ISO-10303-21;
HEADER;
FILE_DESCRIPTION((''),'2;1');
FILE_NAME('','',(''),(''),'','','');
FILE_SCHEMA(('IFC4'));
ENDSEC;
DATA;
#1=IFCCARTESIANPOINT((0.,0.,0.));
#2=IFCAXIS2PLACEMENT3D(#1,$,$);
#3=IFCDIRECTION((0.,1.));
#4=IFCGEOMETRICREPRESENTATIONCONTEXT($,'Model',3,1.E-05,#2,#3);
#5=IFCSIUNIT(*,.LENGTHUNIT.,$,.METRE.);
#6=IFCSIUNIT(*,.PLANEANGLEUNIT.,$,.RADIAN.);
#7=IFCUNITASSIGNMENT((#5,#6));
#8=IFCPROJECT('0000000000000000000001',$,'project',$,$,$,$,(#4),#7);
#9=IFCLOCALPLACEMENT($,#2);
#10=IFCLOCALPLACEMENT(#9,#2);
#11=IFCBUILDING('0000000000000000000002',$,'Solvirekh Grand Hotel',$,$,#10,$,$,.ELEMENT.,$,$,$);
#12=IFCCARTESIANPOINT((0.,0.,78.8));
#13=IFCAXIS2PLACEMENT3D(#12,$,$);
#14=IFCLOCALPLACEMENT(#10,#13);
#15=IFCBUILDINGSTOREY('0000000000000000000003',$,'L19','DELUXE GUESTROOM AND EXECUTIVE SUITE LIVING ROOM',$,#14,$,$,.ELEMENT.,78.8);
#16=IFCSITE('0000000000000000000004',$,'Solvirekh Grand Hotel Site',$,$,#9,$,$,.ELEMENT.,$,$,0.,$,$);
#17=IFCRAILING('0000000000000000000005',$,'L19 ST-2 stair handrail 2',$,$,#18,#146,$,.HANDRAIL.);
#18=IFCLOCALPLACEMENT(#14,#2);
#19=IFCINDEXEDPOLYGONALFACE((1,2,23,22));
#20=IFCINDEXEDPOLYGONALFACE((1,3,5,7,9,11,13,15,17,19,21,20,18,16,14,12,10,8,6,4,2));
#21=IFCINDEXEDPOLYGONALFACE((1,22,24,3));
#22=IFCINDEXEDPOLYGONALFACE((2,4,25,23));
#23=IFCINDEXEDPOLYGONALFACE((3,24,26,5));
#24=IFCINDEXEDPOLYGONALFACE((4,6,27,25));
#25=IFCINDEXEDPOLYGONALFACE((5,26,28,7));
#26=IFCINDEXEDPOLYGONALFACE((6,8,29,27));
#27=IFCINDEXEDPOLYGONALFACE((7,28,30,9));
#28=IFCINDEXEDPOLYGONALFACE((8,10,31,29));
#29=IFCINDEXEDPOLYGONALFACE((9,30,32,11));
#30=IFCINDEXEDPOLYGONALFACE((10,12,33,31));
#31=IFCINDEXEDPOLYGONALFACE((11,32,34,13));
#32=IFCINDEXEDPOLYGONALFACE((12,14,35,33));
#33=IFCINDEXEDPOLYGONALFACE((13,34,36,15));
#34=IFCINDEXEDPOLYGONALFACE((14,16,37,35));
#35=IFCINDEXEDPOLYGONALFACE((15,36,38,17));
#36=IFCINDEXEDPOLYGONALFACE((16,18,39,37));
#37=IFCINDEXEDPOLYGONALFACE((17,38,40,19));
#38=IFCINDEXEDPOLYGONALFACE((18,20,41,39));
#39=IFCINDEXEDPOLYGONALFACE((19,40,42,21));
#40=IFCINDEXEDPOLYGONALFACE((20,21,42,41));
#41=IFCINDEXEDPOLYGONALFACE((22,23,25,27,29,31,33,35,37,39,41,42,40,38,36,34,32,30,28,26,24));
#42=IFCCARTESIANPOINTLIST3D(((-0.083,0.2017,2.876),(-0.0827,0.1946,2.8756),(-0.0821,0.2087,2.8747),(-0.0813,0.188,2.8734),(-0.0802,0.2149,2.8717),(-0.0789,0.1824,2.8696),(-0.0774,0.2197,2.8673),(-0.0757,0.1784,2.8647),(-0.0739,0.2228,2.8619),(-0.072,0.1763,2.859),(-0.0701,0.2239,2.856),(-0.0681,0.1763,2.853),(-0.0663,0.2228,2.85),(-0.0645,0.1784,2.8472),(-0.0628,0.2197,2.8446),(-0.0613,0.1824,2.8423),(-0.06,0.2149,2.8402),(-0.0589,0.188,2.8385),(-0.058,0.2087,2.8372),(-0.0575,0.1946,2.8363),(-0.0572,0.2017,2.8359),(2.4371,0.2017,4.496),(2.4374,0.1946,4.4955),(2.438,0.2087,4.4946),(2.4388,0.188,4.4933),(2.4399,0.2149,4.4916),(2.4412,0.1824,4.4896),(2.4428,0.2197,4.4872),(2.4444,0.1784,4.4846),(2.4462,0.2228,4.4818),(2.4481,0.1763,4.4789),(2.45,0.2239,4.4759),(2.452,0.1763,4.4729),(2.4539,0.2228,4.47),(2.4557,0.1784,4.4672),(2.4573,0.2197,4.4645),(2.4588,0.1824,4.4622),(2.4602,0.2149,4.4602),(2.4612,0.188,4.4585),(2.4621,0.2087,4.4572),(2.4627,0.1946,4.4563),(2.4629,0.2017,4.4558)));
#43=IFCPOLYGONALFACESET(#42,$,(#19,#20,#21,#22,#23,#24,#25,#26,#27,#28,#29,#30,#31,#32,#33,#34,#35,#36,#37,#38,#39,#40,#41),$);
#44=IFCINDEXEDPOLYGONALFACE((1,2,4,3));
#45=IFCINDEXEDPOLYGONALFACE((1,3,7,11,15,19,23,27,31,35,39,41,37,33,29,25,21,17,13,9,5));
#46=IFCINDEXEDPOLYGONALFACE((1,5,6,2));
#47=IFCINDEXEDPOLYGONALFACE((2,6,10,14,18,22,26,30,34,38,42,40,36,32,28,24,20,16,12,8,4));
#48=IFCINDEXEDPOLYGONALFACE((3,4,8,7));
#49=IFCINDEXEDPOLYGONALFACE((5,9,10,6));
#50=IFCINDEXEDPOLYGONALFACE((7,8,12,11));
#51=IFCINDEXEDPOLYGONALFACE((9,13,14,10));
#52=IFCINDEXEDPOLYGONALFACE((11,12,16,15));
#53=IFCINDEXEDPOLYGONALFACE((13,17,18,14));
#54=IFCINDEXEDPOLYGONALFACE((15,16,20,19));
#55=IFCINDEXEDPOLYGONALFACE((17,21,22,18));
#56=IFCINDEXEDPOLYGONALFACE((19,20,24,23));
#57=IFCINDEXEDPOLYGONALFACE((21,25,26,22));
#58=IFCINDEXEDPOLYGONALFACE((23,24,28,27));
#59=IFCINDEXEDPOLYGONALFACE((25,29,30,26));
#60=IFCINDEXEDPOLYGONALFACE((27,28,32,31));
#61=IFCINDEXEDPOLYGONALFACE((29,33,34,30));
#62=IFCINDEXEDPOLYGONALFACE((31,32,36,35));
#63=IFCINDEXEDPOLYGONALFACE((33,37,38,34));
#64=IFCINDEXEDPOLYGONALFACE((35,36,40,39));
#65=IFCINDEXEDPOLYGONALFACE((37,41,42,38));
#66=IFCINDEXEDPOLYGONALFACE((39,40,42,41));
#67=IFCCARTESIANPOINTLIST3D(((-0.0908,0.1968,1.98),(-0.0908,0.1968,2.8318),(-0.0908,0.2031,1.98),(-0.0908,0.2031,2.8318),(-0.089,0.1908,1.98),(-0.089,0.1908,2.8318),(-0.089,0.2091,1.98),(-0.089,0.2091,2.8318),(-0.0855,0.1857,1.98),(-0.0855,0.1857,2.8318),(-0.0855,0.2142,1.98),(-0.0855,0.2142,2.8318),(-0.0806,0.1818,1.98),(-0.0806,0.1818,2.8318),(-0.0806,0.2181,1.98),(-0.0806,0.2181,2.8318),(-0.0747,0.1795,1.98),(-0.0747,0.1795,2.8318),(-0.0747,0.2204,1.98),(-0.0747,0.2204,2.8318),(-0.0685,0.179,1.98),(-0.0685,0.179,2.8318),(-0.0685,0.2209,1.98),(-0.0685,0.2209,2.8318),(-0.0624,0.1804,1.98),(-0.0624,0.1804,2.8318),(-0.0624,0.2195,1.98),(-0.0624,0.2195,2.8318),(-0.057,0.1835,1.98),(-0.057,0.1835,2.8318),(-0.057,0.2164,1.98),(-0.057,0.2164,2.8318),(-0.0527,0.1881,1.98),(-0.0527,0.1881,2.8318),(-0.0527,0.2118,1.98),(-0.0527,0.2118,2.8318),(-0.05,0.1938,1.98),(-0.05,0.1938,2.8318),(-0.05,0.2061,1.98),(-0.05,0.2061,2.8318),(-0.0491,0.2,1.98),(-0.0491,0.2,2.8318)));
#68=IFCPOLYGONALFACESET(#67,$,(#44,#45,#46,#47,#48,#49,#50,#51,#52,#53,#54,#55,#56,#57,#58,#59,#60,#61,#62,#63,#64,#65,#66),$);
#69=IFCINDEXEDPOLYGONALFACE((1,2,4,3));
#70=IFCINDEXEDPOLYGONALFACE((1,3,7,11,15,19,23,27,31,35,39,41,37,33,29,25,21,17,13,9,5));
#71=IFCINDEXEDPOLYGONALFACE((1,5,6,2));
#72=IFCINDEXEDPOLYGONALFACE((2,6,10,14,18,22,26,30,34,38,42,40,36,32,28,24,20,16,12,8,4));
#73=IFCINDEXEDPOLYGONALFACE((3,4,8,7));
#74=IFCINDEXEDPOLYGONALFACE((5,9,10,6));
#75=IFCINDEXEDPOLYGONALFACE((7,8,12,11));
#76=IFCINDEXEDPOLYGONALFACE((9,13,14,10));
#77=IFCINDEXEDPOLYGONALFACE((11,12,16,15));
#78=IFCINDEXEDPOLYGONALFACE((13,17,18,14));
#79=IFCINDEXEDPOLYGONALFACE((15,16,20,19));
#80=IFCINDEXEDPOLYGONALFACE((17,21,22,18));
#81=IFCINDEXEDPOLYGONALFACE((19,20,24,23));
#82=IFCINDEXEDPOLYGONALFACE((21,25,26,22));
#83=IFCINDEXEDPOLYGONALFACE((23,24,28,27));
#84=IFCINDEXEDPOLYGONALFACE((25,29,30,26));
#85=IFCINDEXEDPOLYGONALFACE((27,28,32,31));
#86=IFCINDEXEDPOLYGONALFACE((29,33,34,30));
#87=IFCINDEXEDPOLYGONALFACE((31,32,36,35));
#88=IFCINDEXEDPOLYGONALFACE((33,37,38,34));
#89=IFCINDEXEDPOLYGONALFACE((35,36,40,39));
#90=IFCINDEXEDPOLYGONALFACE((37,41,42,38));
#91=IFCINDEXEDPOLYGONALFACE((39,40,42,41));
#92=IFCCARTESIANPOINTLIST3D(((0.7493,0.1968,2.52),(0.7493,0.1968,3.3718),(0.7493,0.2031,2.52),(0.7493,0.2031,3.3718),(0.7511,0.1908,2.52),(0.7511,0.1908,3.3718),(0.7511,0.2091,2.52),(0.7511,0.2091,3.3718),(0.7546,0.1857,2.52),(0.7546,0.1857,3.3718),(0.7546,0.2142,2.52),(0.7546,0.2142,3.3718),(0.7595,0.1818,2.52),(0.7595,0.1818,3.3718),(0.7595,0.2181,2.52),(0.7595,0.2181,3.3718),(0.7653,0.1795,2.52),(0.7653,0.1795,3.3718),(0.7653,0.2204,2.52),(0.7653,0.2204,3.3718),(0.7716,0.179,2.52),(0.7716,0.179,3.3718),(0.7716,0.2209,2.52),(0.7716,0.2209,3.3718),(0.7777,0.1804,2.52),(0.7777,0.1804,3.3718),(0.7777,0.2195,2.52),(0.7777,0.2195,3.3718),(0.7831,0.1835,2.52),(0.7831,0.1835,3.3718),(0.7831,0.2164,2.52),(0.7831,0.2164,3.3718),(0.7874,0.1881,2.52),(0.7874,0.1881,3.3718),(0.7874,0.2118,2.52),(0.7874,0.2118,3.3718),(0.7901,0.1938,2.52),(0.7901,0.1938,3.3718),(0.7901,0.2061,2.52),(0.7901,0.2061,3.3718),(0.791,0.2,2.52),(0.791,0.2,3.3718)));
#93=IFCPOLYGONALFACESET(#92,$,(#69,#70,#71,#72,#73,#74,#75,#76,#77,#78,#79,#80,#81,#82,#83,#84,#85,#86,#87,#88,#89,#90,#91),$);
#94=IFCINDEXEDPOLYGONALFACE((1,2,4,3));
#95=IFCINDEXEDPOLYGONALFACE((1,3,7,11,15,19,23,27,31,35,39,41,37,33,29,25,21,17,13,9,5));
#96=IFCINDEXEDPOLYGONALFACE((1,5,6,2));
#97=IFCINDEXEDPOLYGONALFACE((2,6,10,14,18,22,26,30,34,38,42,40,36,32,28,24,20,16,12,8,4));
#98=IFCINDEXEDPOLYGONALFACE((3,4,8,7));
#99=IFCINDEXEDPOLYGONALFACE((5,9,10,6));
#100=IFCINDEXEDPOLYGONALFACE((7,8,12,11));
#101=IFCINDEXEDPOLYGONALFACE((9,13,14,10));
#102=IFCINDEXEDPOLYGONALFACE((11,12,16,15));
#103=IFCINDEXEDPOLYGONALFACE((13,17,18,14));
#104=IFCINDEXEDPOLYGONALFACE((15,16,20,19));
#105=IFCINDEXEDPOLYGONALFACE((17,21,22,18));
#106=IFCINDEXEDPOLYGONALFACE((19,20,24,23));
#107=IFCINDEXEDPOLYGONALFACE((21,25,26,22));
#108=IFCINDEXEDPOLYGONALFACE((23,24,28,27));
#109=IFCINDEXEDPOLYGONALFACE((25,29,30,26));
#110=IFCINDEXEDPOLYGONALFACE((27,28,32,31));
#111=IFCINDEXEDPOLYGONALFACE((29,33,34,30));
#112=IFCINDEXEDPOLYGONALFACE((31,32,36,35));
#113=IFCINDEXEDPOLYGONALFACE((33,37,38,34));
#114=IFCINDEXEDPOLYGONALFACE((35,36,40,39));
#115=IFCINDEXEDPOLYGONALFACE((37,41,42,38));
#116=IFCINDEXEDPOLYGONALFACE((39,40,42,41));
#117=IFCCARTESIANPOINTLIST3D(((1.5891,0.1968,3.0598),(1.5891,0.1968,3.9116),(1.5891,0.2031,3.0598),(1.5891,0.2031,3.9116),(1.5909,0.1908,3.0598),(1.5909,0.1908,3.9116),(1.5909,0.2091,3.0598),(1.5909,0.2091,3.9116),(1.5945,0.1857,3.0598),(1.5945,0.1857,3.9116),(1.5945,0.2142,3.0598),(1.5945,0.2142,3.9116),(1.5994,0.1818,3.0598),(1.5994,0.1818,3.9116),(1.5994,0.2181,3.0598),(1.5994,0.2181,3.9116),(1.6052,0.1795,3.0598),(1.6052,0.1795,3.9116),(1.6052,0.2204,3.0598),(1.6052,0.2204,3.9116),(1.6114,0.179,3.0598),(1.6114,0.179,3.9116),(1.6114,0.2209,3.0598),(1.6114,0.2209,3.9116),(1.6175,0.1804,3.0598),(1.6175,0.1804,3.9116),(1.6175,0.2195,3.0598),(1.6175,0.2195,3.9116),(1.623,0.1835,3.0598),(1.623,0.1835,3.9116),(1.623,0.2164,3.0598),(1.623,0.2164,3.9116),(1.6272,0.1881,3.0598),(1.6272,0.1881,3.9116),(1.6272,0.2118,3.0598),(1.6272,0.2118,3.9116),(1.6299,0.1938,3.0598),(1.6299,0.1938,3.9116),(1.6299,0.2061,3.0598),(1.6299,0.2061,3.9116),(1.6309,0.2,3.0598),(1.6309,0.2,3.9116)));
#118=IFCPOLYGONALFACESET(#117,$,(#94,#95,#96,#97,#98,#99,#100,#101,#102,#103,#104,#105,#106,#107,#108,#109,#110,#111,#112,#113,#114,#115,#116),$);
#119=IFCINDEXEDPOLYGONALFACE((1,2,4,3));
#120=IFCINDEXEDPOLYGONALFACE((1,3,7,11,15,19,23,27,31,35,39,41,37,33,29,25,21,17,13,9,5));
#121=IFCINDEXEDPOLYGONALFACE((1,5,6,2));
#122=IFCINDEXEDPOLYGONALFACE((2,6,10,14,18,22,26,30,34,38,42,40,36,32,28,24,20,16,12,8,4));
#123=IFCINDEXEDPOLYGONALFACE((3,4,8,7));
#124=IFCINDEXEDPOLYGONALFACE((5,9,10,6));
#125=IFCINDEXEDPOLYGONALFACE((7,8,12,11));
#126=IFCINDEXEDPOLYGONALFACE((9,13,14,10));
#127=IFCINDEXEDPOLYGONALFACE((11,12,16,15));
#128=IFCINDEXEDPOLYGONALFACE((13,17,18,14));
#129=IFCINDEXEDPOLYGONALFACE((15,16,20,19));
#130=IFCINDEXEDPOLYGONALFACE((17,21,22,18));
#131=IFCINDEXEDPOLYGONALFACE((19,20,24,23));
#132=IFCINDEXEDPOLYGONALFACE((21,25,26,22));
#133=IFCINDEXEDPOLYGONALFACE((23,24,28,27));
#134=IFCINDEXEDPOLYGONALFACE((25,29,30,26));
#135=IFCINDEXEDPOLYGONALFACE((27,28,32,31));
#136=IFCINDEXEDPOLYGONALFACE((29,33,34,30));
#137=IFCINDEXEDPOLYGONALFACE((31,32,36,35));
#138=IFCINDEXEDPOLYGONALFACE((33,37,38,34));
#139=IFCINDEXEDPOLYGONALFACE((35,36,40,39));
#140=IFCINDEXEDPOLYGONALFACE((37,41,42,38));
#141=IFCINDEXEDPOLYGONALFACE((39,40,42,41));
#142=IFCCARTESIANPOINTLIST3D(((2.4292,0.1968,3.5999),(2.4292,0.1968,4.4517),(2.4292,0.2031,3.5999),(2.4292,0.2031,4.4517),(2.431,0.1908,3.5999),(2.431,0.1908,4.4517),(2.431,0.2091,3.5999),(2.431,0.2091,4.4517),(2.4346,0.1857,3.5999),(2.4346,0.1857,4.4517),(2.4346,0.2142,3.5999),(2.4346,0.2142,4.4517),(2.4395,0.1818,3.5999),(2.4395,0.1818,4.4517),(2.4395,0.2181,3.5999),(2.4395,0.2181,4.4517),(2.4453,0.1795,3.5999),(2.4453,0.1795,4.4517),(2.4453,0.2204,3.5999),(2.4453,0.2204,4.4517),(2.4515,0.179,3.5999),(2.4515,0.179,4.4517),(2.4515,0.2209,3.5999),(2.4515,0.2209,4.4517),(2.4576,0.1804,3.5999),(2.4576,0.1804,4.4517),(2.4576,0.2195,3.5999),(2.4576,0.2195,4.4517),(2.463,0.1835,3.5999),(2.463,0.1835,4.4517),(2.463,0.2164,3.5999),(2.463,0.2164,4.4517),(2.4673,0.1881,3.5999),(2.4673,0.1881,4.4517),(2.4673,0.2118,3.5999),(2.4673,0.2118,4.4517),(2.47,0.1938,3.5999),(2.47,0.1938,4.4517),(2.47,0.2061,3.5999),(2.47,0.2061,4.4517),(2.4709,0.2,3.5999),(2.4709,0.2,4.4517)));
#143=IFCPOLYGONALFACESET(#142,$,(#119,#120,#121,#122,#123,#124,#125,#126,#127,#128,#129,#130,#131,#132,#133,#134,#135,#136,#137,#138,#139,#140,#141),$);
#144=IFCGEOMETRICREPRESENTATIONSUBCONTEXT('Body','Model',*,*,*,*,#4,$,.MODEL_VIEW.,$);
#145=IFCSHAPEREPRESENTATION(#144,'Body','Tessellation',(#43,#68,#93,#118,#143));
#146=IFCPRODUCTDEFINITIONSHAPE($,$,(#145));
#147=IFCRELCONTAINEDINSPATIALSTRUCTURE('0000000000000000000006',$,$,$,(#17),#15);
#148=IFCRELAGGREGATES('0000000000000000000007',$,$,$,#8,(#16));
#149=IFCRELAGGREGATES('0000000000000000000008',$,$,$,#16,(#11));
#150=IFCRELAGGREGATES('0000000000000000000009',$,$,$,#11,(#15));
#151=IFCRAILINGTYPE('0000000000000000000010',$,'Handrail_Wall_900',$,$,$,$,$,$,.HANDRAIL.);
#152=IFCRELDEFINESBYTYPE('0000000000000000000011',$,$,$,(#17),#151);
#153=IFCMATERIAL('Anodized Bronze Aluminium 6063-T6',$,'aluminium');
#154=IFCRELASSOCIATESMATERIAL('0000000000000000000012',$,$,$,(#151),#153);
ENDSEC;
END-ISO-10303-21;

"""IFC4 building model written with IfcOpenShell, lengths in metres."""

from ifc_helpers import new_model, si_unit, direction, frame, origin, origin_2d, place, context, subcontext, project, spatial, circle, extrude, material, type_object, element, save


model = new_model("IFC4")

# Units and contexts
model_context = context("Model", 3, precision=1e-05, world=origin(), true_north=direction((0.0, 1.0)))
body_context = subcontext(model_context, "Body", "Model", "MODEL_VIEW")
ifc_project = project(units=[si_unit("LENGTHUNIT", "METRE"), si_unit("PLANEANGLEUNIT", "RADIAN")], contexts=[model_context])

# Site, building, storey
site_placement = place(None, origin())
site = spatial("IfcSite", under=ifc_project, at=site_placement, Name="Solvirekh Grand Hotel Site", CompositionType="ELEMENT", RefElevation=0.0)
building_placement = place(site_placement, origin())
building = spatial("IfcBuilding", under=site, at=building_placement, Name="Solvirekh Grand Hotel", CompositionType="ELEMENT")
storey_placement = place(building_placement, frame((0.0, 0.0, 78.8)))
storey = spatial("IfcBuildingStorey", under=building, at=storey_placement, Name="L19", Description="DELUXE GUESTROOM AND EXECUTIVE SUITE LIVING ROOM", CompositionType="ELEMENT", Elevation=78.8)

# Railing
ifc_material_1 = material(Name="Anodized Bronze Aluminium 6063-T6", Category="aluminium")
railing_type_1 = type_object("IfcRailingType", Name="Handrail_Wall_900", PredefinedType="HANDRAIL", material=ifc_material_1)
railing_1_placement = place(storey_placement, frame((-0.0701, 0.2, 1.98)))
element("IfcRailing", 1, at=railing_1_placement, inside=storey, type_object=railing_type_1, Name="L19 ST-2 stair handrail 2", PredefinedType="HANDRAIL", context=body_context, shape_type="SweptSolid", body=[
    extrude(circle(Radius=0.0239, at=origin_2d()), frame((0.0, 0.0, 0.876), z_axis=(0.8412, 0.0, 0.540725), x_axis=(0.0, 1.0, 0.0)), (0.0, 0.0, 1.0), 2.9958),
    extrude(circle(Radius=0.021, at=origin_2d()), origin(), (0.0, 0.0, 1.0), 0.8518),
    extrude(circle(Radius=0.021, at=origin_2d()), frame((0.8401, 0.0, 0.54)), (0.0, 0.0, 1.0), 0.8518),
    extrude(circle(Radius=0.021, at=origin_2d()), frame((1.6799, 0.0, 1.0798)), (0.0, 0.0, 1.0), 0.8518),
    extrude(circle(Radius=0.021, at=origin_2d()), frame((2.52, 0.0, 1.6199)), (0.0, 0.0, 1.0), 0.8518),
])

save(model, "model.ifc")
